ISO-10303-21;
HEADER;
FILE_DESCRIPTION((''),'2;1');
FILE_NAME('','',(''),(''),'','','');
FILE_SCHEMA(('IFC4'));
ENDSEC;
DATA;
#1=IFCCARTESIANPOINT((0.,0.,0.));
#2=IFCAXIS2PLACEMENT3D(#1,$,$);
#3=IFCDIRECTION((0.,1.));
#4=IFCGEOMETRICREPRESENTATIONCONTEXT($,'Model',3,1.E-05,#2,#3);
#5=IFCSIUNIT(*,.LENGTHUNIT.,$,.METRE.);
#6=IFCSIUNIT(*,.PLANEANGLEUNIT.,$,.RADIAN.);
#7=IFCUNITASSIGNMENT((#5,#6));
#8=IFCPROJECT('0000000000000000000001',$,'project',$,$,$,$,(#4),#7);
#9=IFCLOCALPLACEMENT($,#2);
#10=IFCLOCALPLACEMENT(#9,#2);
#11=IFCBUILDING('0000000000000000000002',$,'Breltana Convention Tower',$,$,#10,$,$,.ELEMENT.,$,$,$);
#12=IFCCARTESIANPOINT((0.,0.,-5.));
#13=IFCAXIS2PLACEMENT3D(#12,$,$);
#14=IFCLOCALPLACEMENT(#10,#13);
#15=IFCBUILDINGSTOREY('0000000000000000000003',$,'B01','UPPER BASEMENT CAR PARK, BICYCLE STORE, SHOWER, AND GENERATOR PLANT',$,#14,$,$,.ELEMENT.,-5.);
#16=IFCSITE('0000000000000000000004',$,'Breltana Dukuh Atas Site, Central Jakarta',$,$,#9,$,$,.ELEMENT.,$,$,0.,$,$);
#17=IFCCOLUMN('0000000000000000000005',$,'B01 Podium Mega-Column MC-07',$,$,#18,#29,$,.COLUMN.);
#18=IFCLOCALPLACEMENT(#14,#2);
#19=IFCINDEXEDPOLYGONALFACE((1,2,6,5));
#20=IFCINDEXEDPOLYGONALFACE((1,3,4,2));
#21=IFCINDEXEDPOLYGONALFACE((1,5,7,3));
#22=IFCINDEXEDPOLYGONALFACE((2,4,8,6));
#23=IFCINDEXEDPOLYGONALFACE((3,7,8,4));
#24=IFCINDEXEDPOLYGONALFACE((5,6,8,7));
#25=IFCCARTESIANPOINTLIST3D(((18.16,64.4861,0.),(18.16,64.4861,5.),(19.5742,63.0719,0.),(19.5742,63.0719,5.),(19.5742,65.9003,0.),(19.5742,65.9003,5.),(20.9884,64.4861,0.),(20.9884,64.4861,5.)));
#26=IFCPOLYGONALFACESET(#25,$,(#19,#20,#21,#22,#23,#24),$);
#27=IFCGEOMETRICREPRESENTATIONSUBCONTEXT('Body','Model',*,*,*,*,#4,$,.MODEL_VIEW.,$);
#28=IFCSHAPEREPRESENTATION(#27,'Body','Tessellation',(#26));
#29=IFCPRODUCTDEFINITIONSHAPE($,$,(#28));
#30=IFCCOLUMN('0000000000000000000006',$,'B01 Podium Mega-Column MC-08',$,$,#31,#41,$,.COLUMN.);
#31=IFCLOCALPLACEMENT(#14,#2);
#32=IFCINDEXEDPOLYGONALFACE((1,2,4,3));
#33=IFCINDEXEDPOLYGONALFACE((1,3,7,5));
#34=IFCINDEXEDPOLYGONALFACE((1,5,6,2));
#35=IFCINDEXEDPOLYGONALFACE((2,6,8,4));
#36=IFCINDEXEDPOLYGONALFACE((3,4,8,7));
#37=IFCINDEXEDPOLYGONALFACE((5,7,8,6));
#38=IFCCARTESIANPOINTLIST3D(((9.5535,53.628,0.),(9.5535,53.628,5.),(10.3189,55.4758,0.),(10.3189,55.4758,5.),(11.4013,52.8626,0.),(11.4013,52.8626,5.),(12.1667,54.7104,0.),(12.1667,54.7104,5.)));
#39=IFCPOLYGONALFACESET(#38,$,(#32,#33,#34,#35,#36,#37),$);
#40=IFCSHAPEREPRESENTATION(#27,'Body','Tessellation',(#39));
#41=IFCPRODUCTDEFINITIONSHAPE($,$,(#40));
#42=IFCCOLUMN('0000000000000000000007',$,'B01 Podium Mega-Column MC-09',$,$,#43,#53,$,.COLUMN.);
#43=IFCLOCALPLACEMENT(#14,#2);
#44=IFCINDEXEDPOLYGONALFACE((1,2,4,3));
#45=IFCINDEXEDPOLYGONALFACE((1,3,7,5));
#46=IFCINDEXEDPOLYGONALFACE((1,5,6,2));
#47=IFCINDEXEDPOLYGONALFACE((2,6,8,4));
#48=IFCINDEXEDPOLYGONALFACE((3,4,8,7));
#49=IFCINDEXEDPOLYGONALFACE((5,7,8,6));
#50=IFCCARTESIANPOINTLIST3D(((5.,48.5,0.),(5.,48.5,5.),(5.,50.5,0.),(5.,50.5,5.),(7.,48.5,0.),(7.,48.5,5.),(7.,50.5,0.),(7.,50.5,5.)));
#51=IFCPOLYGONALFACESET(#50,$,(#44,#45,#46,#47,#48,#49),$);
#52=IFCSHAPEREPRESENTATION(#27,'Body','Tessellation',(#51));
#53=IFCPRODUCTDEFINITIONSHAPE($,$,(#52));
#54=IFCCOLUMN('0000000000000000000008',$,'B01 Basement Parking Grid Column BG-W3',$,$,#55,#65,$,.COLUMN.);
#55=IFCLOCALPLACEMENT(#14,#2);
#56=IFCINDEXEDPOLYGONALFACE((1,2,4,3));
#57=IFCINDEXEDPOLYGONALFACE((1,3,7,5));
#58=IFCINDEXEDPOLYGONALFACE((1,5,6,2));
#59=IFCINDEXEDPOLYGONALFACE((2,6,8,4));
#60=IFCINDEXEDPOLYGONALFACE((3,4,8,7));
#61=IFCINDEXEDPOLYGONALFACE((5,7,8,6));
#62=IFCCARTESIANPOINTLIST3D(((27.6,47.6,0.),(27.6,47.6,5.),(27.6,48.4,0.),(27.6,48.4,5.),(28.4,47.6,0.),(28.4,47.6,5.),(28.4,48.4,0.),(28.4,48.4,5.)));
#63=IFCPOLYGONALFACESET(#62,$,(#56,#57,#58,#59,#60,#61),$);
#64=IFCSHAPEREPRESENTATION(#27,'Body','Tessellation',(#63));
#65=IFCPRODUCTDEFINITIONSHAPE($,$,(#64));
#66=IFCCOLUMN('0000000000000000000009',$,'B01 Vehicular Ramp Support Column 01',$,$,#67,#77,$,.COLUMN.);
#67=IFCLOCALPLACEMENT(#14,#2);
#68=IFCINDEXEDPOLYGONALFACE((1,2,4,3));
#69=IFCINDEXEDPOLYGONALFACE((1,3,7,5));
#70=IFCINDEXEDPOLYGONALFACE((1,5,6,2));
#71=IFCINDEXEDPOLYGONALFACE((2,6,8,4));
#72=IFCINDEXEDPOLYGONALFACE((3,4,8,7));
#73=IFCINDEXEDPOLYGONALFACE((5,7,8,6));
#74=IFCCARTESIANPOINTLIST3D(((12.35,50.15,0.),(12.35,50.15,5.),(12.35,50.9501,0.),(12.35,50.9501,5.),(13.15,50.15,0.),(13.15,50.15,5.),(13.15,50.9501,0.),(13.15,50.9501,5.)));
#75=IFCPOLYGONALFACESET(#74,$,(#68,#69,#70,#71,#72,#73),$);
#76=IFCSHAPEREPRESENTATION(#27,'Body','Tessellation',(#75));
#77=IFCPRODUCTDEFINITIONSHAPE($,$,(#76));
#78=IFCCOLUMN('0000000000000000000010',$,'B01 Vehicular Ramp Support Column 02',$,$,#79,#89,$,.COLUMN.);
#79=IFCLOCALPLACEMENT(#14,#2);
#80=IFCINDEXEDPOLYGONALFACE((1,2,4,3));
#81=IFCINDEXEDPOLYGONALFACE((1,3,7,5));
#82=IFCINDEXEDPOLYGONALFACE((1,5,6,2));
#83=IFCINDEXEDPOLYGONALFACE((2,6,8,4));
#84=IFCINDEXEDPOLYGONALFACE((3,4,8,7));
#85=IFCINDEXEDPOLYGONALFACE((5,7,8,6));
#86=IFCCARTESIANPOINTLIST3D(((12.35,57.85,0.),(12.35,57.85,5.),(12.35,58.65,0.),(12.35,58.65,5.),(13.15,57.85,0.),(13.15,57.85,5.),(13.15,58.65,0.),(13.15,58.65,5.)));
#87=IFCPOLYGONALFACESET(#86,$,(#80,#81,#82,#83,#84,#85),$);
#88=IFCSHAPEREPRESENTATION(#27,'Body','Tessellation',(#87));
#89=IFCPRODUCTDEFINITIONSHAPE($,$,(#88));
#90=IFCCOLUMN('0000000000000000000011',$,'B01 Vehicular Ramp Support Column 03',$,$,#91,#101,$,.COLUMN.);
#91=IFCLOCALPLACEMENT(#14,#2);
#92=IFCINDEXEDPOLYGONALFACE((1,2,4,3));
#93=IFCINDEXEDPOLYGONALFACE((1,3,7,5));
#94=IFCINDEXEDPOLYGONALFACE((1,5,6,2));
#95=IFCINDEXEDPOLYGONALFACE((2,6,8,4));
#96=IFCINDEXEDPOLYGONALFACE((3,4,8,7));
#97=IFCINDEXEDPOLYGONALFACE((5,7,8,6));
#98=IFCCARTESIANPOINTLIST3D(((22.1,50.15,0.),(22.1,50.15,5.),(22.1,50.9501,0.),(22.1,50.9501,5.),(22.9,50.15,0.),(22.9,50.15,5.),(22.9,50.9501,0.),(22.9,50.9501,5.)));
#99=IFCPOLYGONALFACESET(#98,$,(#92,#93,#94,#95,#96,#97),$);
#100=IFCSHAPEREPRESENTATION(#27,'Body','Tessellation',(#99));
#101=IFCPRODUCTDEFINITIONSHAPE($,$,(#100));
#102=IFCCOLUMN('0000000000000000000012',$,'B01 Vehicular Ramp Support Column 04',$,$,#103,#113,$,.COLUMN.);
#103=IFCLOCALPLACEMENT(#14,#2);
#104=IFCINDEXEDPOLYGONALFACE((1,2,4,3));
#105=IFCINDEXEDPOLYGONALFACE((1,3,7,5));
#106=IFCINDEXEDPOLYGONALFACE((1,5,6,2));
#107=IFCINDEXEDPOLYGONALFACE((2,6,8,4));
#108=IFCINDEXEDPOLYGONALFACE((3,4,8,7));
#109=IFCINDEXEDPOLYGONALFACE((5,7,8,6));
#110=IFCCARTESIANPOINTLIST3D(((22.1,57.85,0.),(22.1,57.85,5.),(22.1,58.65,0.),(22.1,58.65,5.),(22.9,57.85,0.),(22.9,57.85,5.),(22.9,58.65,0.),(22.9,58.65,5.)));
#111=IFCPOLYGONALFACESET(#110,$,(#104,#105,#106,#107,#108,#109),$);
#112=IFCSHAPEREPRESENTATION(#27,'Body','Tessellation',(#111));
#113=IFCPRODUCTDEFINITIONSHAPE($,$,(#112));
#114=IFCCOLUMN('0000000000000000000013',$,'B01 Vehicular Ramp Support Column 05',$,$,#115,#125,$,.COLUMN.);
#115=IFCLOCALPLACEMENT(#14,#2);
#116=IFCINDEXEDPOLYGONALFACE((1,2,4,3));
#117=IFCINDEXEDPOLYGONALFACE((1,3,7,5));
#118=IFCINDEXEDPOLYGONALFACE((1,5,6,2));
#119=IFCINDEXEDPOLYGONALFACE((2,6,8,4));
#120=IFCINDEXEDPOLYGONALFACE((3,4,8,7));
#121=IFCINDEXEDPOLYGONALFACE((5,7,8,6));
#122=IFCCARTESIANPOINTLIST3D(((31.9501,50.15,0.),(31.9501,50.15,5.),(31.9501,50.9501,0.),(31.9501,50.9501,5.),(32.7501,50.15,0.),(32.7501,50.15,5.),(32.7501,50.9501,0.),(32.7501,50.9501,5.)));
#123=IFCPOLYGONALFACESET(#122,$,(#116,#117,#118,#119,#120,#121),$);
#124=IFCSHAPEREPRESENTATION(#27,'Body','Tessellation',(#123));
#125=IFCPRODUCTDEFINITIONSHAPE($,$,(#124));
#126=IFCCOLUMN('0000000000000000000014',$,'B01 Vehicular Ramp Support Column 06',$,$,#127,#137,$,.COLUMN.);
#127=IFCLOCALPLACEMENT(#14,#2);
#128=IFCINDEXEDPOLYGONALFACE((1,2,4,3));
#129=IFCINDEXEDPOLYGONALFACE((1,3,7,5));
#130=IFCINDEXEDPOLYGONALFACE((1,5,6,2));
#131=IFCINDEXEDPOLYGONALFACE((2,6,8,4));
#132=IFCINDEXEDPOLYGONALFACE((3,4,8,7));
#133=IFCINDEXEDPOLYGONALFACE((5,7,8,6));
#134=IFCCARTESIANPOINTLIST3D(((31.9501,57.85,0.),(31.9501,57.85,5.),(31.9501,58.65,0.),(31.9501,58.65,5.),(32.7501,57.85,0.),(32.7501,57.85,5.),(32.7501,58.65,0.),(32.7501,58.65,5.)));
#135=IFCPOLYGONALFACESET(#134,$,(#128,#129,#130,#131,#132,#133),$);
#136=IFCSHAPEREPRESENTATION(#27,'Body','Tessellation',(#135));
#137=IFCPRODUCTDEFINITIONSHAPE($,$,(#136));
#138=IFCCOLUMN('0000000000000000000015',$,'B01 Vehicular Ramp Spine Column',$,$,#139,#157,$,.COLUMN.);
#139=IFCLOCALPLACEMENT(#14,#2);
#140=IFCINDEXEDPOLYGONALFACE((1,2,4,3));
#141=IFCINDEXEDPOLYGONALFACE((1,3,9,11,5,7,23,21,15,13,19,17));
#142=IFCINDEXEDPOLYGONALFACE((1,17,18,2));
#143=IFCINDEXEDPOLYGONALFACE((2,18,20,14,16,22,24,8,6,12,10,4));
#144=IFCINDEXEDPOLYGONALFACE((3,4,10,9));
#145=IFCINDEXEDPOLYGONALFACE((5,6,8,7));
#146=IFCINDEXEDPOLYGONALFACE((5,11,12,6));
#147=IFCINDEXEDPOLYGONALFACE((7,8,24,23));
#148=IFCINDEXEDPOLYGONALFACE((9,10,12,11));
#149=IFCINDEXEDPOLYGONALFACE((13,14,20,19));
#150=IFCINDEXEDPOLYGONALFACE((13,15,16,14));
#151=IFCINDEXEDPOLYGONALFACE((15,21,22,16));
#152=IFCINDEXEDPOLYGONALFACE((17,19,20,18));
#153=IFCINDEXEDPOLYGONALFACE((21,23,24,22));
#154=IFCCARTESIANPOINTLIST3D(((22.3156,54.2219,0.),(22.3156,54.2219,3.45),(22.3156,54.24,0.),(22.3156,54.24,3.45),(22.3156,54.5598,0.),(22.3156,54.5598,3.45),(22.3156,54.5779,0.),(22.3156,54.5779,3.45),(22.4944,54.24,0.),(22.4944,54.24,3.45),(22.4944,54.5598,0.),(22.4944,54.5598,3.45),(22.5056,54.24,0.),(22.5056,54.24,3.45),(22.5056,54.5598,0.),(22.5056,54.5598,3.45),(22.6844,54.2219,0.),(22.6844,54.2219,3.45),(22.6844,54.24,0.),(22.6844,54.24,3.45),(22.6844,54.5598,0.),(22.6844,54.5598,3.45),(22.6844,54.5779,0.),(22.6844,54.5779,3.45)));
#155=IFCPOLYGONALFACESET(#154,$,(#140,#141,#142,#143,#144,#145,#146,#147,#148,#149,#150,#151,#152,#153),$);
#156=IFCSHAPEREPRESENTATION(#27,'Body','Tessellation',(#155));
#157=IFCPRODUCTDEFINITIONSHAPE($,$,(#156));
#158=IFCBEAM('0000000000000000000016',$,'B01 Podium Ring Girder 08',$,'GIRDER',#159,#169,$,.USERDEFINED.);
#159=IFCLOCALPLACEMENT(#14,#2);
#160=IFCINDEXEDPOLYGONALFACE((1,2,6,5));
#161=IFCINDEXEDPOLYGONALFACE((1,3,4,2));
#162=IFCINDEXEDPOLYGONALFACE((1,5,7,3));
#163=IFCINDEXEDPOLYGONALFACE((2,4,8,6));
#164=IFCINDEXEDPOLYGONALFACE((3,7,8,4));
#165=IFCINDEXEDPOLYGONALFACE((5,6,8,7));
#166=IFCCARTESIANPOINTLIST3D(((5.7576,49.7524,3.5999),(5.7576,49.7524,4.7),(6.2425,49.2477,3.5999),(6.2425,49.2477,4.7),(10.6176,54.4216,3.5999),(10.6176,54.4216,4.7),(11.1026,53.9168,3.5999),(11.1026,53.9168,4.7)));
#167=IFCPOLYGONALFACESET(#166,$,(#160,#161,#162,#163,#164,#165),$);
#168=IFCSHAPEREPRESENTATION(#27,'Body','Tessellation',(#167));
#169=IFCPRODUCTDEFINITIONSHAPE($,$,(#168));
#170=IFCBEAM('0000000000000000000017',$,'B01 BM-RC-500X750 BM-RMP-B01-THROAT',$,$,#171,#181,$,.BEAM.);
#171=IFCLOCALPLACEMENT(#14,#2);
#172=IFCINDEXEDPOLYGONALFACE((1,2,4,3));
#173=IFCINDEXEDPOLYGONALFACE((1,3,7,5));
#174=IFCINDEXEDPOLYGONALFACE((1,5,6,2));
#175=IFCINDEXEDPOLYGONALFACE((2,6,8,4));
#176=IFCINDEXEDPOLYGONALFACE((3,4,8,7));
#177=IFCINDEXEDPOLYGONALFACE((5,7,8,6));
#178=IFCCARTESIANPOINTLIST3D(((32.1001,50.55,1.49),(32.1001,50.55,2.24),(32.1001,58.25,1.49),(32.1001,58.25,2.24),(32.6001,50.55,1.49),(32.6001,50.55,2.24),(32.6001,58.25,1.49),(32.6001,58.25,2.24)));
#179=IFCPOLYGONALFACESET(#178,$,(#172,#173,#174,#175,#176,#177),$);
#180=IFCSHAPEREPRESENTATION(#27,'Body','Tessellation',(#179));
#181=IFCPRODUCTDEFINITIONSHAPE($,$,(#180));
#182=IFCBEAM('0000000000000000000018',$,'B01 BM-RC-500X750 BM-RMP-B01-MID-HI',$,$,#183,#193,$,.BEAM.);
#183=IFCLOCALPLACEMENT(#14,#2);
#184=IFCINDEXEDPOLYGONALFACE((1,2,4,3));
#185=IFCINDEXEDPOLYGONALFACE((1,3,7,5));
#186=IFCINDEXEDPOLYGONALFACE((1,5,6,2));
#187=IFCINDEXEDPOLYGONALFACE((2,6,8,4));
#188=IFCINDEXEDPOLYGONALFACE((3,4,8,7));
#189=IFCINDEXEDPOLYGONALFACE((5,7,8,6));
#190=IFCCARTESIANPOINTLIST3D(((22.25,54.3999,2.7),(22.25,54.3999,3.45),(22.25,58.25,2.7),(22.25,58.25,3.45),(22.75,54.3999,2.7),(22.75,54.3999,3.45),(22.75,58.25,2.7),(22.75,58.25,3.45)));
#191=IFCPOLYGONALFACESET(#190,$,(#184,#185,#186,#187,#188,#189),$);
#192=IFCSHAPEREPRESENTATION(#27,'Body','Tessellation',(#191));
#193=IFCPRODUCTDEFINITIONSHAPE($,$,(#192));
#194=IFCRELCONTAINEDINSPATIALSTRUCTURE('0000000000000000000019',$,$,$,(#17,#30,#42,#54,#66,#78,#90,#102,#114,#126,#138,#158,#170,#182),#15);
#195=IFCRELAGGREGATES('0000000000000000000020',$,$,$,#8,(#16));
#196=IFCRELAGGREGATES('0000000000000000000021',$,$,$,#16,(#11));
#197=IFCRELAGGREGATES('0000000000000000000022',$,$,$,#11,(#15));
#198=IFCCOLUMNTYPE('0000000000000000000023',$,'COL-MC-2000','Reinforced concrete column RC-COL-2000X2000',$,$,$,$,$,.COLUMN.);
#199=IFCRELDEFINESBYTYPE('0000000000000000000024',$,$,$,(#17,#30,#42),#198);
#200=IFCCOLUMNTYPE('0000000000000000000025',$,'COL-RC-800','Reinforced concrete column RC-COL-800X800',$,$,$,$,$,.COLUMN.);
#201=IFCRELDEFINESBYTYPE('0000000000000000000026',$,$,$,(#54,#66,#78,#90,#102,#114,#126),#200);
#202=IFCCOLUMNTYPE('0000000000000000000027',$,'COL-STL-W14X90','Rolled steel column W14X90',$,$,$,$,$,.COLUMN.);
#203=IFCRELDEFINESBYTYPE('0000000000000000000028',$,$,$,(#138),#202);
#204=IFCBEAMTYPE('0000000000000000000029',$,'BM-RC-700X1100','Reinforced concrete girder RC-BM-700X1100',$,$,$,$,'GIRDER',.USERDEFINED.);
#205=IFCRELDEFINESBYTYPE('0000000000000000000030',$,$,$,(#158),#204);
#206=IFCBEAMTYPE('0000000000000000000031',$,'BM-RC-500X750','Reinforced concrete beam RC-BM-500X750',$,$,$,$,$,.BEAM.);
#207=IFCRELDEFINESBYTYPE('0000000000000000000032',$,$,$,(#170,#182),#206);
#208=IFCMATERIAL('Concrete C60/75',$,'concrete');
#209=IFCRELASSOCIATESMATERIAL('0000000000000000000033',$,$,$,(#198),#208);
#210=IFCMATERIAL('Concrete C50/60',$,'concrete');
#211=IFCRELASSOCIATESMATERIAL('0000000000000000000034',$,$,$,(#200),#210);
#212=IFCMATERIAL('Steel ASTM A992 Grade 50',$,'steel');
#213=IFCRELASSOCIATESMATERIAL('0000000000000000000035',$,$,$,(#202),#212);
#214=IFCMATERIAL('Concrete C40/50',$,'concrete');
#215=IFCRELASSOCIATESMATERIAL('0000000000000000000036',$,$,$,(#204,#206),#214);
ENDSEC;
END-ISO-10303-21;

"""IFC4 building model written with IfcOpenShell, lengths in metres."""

from ifc_helpers import new_model, si_unit, direction, frame, origin, origin_2d, place, context, subcontext, project, spatial, rectangle, i_section, extrude, source, transform, mapped, material, material_profile, profile_set, type_object, type_shapes, element, save


model = new_model("IFC4")

# Units and contexts
model_context = context("Model", 3, precision=1e-05, world=origin(), true_north=direction((0.0, 1.0)))
body_context = subcontext(model_context, "Body", "Model", "MODEL_VIEW")
ifc_project = project(units=[si_unit("LENGTHUNIT", "METRE"), si_unit("PLANEANGLEUNIT", "RADIAN")], contexts=[model_context])

# Site, building, storey
site_placement = place(None, origin())
site = spatial("IfcSite", under=ifc_project, at=site_placement, Name="Breltana Dukuh Atas Site, Central Jakarta", CompositionType="ELEMENT", RefElevation=0.0)
building_placement = place(site_placement, origin())
building = spatial("IfcBuilding", under=site, at=building_placement, Name="Breltana Convention Tower", CompositionType="ELEMENT")
storey_placement = place(building_placement, frame((0.0, 0.0, -5.0)))
storey = spatial("IfcBuildingStorey", under=building, at=storey_placement, Name="B01", Description="UPPER BASEMENT CAR PARK, BICYCLE STORE, SHOWER, AND GENERATOR PLANT", CompositionType="ELEMENT", Elevation=-5.0)

# Columns
ifc_material_1 = material(Name="Concrete C60/75", Category="concrete")
ifc_material_profile_1 = material_profile(ifc_material_1, rectangle(XDim=2.0, YDim=2.0, at=origin_2d()), Name="RC-COL-2000X2000")
ifc_profile_set_1 = profile_set([ifc_material_profile_1], Name="Concrete C60/75")
column_type_1 = type_object("IfcColumnType", Name="COL-MC-2000", Description="Reinforced concrete column RC-COL-2000X2000", PredefinedType="COLUMN", material=ifc_profile_set_1)
shared_shape_1 = source(origin(), body_context, "Body", "SweptSolid", [
    extrude(rectangle(XDim=2.0, YDim=2.0, at=origin_2d()), origin(), (0.0, 0.0, 1.0), 5.0),
])
type_shapes(column_type_1, [shared_shape_1])
for number, where, z_axis, x_axis, name in (
    (1, (19.5742, 64.4861, 0.0), (0.0, 0.0, 1.0), (-0.707107, 0.707107, 0.0), "B01 Podium Mega-Column MC-07"),
    (2, (10.8601, 54.1692, 0.0), (0.0, 0.0, 1.0), (-0.92388, 0.382683, 0.0), "B01 Podium Mega-Column MC-08"),
    (3, (6.0, 49.5, 0.0), (0.0, 0.0, 1.0), (-1.0, 0.0, 0.0), "B01 Podium Mega-Column MC-09"),
):
    element("IfcColumn", number, at=place(storey_placement, frame(where, z_axis=z_axis, x_axis=x_axis)), inside=storey, type_object=column_type_1, Name=name, PredefinedType="COLUMN", context=body_context, shape_type="MappedRepresentation", body=[
        mapped(shared_shape_1, transform((0.0, 0.0, 0.0), scale=1.0)),
    ])
ifc_material_2 = material(Name="Concrete C50/60", Category="concrete")
ifc_material_profile_2 = material_profile(ifc_material_2, rectangle(XDim=0.8, YDim=0.8, at=origin_2d()), Name="RC-COL-800X800")
ifc_profile_set_2 = profile_set([ifc_material_profile_2], Name="Concrete C50/60")
column_type_2 = type_object("IfcColumnType", Name="COL-RC-800", Description="Reinforced concrete column RC-COL-800X800", PredefinedType="COLUMN", material=ifc_profile_set_2)
shared_shape_2 = source(origin(), body_context, "Body", "SweptSolid", [
    extrude(rectangle(XDim=0.8, YDim=0.8, at=origin_2d()), origin(), (0.0, 0.0, 1.0), 5.0),
])
type_shapes(column_type_2, [shared_shape_2])
for number, where, z_axis, x_axis, name in (
    (4, (28.0, 48.0, 0.0), (0.0, 0.0, 1.0), (1.0, 0.0, 0.0), "B01 Basement Parking Grid Column BG-W3"),
    (5, (12.75, 50.55, 0.0), (0.0, 0.0, 1.0), (1.0, 0.0, 0.0), "B01 Vehicular Ramp Support Column 01"),
    (6, (12.75, 58.25, 0.0), (0.0, 0.0, 1.0), (1.0, 0.0, 0.0), "B01 Vehicular Ramp Support Column 02"),
    (7, (22.5, 50.55, 0.0), (0.0, 0.0, 1.0), (1.0, 0.0, 0.0), "B01 Vehicular Ramp Support Column 03"),
    (8, (22.5, 58.25, 0.0), (0.0, 0.0, 1.0), (1.0, 0.0, 0.0), "B01 Vehicular Ramp Support Column 04"),
    (9, (32.3501, 50.55, 0.0), (0.0, 0.0, 1.0), (1.0, 0.0, 0.0), "B01 Vehicular Ramp Support Column 05"),
    (10, (32.3501, 58.25, 0.0), (0.0, 0.0, 1.0), (1.0, 0.0, 0.0), "B01 Vehicular Ramp Support Column 06"),
):
    element("IfcColumn", number, at=place(storey_placement, frame(where, z_axis=z_axis, x_axis=x_axis)), inside=storey, type_object=column_type_2, Name=name, PredefinedType="COLUMN", context=body_context, shape_type="MappedRepresentation", body=[
        mapped(shared_shape_2, transform((0.0, 0.0, 0.0), scale=1.0)),
    ])
ifc_material_3 = material(Name="Steel ASTM A992 Grade 50", Category="steel")
ifc_material_profile_3 = material_profile(ifc_material_3, i_section(OverallWidth=0.3689, OverallDepth=0.356, WebThickness=0.0112, FlangeThickness=0.0181, at=origin_2d()), Name="W14X90")
ifc_profile_set_3 = profile_set([ifc_material_profile_3], Name="Steel ASTM A992 Grade 50")
column_type_3 = type_object("IfcColumnType", Name="COL-STL-W14X90", Description="Rolled steel column W14X90", PredefinedType="COLUMN", material=ifc_profile_set_3)
shared_shape_3 = source(origin(), body_context, "Body", "SweptSolid", [
    extrude(i_section(OverallWidth=0.3689, OverallDepth=0.356, WebThickness=0.0112, FlangeThickness=0.0181, at=origin_2d()), origin(), (0.0, 0.0, 1.0), 3.45),
])
column_placement = place(storey_placement, frame((22.5, 54.3999, 0.0), z_axis=(0.0, 0.0, 1.0), x_axis=(1.0, 0.0, 0.0)))
element("IfcColumn", 11, at=column_placement, inside=storey, type_object=column_type_3, Name="B01 Vehicular Ramp Spine Column", PredefinedType="COLUMN", context=body_context, shape_type="MappedRepresentation", body=[
    mapped(shared_shape_3, transform((0.0, 0.0, 0.0), scale=1.0)),
])

# Beams
ifc_material_4 = material(Name="Concrete C40/50", Category="concrete")
ifc_material_profile_4 = material_profile(ifc_material_4, rectangle(XDim=0.7, YDim=1.1001, at=origin_2d()), Name="RC-BM-700X1100")
ifc_profile_set_4 = profile_set([ifc_material_profile_4], Name="Concrete C40/50")
beam_type_1 = type_object("IfcBeamType", Name="BM-RC-700X1100", Description="Reinforced concrete girder RC-BM-700X1100", ElementType="GIRDER", PredefinedType="USERDEFINED", material=ifc_profile_set_4)
shared_shape_4 = source(origin(), body_context, "Body", "SweptSolid", [
    extrude(rectangle(XDim=0.7, YDim=1.1001, at=origin_2d()), origin(), (0.0, 0.0, 1.0), 6.7395),
])
type_shapes(beam_type_1, [shared_shape_4])
beam_1_placement = place(storey_placement, frame((10.8601, 54.1692, 4.1499), z_axis=(-0.721129, -0.692801, 0.0), x_axis=(0.692801, -0.721129, 0.0)))
element("IfcBeam", 12, at=beam_1_placement, inside=storey, type_object=beam_type_1, Name="B01 Podium Ring Girder 08", ObjectType="GIRDER", PredefinedType="USERDEFINED", context=body_context, shape_type="MappedRepresentation", body=[
    mapped(shared_shape_4, transform((0.0, 0.0, 0.0), scale=1.0)),
])
ifc_material_profile_5 = material_profile(ifc_material_4, rectangle(XDim=0.5, YDim=0.75, at=origin_2d()), Name="RC-BM-500X750")
ifc_profile_set_5 = profile_set([ifc_material_profile_5], Name="Concrete C40/50")
beam_type_2 = type_object("IfcBeamType", Name="BM-RC-500X750", Description="Reinforced concrete beam RC-BM-500X750", PredefinedType="BEAM", material=ifc_profile_set_5)
shared_shape_5 = source(origin(), body_context, "Body", "SweptSolid", [
    extrude(rectangle(XDim=0.5, YDim=0.75, at=origin_2d()), origin(), (0.0, 0.0, 1.0), 7.7),
])
beam_2_placement = place(storey_placement, frame((32.3501, 50.55, 1.865), z_axis=(0.0, 1.0, 0.0), x_axis=(-1.0, 0.0, 0.0)))
element("IfcBeam", 13, at=beam_2_placement, inside=storey, type_object=beam_type_2, Name="B01 BM-RC-500X750 BM-RMP-B01-THROAT", PredefinedType="BEAM", context=body_context, shape_type="MappedRepresentation", body=[
    mapped(shared_shape_5, transform((0.0, 0.0, 0.0), scale=1.0)),
])
shared_shape_6 = source(origin(), body_context, "Body", "SweptSolid", [
    extrude(rectangle(XDim=0.5, YDim=0.75, at=origin_2d()), origin(), (0.0, 0.0, 1.0), 3.8501),
])
beam_3_placement = place(storey_placement, frame((22.5, 54.3999, 3.075), z_axis=(0.0, 1.0, 0.0), x_axis=(-1.0, 0.0, 0.0)))
element("IfcBeam", 14, at=beam_3_placement, inside=storey, type_object=beam_type_2, Name="B01 BM-RC-500X750 BM-RMP-B01-MID-HI", PredefinedType="BEAM", context=body_context, shape_type="MappedRepresentation", body=[
    mapped(shared_shape_6, transform((0.0, 0.0, 0.0), scale=1.0)),
])

save(model, "model.ifc")
